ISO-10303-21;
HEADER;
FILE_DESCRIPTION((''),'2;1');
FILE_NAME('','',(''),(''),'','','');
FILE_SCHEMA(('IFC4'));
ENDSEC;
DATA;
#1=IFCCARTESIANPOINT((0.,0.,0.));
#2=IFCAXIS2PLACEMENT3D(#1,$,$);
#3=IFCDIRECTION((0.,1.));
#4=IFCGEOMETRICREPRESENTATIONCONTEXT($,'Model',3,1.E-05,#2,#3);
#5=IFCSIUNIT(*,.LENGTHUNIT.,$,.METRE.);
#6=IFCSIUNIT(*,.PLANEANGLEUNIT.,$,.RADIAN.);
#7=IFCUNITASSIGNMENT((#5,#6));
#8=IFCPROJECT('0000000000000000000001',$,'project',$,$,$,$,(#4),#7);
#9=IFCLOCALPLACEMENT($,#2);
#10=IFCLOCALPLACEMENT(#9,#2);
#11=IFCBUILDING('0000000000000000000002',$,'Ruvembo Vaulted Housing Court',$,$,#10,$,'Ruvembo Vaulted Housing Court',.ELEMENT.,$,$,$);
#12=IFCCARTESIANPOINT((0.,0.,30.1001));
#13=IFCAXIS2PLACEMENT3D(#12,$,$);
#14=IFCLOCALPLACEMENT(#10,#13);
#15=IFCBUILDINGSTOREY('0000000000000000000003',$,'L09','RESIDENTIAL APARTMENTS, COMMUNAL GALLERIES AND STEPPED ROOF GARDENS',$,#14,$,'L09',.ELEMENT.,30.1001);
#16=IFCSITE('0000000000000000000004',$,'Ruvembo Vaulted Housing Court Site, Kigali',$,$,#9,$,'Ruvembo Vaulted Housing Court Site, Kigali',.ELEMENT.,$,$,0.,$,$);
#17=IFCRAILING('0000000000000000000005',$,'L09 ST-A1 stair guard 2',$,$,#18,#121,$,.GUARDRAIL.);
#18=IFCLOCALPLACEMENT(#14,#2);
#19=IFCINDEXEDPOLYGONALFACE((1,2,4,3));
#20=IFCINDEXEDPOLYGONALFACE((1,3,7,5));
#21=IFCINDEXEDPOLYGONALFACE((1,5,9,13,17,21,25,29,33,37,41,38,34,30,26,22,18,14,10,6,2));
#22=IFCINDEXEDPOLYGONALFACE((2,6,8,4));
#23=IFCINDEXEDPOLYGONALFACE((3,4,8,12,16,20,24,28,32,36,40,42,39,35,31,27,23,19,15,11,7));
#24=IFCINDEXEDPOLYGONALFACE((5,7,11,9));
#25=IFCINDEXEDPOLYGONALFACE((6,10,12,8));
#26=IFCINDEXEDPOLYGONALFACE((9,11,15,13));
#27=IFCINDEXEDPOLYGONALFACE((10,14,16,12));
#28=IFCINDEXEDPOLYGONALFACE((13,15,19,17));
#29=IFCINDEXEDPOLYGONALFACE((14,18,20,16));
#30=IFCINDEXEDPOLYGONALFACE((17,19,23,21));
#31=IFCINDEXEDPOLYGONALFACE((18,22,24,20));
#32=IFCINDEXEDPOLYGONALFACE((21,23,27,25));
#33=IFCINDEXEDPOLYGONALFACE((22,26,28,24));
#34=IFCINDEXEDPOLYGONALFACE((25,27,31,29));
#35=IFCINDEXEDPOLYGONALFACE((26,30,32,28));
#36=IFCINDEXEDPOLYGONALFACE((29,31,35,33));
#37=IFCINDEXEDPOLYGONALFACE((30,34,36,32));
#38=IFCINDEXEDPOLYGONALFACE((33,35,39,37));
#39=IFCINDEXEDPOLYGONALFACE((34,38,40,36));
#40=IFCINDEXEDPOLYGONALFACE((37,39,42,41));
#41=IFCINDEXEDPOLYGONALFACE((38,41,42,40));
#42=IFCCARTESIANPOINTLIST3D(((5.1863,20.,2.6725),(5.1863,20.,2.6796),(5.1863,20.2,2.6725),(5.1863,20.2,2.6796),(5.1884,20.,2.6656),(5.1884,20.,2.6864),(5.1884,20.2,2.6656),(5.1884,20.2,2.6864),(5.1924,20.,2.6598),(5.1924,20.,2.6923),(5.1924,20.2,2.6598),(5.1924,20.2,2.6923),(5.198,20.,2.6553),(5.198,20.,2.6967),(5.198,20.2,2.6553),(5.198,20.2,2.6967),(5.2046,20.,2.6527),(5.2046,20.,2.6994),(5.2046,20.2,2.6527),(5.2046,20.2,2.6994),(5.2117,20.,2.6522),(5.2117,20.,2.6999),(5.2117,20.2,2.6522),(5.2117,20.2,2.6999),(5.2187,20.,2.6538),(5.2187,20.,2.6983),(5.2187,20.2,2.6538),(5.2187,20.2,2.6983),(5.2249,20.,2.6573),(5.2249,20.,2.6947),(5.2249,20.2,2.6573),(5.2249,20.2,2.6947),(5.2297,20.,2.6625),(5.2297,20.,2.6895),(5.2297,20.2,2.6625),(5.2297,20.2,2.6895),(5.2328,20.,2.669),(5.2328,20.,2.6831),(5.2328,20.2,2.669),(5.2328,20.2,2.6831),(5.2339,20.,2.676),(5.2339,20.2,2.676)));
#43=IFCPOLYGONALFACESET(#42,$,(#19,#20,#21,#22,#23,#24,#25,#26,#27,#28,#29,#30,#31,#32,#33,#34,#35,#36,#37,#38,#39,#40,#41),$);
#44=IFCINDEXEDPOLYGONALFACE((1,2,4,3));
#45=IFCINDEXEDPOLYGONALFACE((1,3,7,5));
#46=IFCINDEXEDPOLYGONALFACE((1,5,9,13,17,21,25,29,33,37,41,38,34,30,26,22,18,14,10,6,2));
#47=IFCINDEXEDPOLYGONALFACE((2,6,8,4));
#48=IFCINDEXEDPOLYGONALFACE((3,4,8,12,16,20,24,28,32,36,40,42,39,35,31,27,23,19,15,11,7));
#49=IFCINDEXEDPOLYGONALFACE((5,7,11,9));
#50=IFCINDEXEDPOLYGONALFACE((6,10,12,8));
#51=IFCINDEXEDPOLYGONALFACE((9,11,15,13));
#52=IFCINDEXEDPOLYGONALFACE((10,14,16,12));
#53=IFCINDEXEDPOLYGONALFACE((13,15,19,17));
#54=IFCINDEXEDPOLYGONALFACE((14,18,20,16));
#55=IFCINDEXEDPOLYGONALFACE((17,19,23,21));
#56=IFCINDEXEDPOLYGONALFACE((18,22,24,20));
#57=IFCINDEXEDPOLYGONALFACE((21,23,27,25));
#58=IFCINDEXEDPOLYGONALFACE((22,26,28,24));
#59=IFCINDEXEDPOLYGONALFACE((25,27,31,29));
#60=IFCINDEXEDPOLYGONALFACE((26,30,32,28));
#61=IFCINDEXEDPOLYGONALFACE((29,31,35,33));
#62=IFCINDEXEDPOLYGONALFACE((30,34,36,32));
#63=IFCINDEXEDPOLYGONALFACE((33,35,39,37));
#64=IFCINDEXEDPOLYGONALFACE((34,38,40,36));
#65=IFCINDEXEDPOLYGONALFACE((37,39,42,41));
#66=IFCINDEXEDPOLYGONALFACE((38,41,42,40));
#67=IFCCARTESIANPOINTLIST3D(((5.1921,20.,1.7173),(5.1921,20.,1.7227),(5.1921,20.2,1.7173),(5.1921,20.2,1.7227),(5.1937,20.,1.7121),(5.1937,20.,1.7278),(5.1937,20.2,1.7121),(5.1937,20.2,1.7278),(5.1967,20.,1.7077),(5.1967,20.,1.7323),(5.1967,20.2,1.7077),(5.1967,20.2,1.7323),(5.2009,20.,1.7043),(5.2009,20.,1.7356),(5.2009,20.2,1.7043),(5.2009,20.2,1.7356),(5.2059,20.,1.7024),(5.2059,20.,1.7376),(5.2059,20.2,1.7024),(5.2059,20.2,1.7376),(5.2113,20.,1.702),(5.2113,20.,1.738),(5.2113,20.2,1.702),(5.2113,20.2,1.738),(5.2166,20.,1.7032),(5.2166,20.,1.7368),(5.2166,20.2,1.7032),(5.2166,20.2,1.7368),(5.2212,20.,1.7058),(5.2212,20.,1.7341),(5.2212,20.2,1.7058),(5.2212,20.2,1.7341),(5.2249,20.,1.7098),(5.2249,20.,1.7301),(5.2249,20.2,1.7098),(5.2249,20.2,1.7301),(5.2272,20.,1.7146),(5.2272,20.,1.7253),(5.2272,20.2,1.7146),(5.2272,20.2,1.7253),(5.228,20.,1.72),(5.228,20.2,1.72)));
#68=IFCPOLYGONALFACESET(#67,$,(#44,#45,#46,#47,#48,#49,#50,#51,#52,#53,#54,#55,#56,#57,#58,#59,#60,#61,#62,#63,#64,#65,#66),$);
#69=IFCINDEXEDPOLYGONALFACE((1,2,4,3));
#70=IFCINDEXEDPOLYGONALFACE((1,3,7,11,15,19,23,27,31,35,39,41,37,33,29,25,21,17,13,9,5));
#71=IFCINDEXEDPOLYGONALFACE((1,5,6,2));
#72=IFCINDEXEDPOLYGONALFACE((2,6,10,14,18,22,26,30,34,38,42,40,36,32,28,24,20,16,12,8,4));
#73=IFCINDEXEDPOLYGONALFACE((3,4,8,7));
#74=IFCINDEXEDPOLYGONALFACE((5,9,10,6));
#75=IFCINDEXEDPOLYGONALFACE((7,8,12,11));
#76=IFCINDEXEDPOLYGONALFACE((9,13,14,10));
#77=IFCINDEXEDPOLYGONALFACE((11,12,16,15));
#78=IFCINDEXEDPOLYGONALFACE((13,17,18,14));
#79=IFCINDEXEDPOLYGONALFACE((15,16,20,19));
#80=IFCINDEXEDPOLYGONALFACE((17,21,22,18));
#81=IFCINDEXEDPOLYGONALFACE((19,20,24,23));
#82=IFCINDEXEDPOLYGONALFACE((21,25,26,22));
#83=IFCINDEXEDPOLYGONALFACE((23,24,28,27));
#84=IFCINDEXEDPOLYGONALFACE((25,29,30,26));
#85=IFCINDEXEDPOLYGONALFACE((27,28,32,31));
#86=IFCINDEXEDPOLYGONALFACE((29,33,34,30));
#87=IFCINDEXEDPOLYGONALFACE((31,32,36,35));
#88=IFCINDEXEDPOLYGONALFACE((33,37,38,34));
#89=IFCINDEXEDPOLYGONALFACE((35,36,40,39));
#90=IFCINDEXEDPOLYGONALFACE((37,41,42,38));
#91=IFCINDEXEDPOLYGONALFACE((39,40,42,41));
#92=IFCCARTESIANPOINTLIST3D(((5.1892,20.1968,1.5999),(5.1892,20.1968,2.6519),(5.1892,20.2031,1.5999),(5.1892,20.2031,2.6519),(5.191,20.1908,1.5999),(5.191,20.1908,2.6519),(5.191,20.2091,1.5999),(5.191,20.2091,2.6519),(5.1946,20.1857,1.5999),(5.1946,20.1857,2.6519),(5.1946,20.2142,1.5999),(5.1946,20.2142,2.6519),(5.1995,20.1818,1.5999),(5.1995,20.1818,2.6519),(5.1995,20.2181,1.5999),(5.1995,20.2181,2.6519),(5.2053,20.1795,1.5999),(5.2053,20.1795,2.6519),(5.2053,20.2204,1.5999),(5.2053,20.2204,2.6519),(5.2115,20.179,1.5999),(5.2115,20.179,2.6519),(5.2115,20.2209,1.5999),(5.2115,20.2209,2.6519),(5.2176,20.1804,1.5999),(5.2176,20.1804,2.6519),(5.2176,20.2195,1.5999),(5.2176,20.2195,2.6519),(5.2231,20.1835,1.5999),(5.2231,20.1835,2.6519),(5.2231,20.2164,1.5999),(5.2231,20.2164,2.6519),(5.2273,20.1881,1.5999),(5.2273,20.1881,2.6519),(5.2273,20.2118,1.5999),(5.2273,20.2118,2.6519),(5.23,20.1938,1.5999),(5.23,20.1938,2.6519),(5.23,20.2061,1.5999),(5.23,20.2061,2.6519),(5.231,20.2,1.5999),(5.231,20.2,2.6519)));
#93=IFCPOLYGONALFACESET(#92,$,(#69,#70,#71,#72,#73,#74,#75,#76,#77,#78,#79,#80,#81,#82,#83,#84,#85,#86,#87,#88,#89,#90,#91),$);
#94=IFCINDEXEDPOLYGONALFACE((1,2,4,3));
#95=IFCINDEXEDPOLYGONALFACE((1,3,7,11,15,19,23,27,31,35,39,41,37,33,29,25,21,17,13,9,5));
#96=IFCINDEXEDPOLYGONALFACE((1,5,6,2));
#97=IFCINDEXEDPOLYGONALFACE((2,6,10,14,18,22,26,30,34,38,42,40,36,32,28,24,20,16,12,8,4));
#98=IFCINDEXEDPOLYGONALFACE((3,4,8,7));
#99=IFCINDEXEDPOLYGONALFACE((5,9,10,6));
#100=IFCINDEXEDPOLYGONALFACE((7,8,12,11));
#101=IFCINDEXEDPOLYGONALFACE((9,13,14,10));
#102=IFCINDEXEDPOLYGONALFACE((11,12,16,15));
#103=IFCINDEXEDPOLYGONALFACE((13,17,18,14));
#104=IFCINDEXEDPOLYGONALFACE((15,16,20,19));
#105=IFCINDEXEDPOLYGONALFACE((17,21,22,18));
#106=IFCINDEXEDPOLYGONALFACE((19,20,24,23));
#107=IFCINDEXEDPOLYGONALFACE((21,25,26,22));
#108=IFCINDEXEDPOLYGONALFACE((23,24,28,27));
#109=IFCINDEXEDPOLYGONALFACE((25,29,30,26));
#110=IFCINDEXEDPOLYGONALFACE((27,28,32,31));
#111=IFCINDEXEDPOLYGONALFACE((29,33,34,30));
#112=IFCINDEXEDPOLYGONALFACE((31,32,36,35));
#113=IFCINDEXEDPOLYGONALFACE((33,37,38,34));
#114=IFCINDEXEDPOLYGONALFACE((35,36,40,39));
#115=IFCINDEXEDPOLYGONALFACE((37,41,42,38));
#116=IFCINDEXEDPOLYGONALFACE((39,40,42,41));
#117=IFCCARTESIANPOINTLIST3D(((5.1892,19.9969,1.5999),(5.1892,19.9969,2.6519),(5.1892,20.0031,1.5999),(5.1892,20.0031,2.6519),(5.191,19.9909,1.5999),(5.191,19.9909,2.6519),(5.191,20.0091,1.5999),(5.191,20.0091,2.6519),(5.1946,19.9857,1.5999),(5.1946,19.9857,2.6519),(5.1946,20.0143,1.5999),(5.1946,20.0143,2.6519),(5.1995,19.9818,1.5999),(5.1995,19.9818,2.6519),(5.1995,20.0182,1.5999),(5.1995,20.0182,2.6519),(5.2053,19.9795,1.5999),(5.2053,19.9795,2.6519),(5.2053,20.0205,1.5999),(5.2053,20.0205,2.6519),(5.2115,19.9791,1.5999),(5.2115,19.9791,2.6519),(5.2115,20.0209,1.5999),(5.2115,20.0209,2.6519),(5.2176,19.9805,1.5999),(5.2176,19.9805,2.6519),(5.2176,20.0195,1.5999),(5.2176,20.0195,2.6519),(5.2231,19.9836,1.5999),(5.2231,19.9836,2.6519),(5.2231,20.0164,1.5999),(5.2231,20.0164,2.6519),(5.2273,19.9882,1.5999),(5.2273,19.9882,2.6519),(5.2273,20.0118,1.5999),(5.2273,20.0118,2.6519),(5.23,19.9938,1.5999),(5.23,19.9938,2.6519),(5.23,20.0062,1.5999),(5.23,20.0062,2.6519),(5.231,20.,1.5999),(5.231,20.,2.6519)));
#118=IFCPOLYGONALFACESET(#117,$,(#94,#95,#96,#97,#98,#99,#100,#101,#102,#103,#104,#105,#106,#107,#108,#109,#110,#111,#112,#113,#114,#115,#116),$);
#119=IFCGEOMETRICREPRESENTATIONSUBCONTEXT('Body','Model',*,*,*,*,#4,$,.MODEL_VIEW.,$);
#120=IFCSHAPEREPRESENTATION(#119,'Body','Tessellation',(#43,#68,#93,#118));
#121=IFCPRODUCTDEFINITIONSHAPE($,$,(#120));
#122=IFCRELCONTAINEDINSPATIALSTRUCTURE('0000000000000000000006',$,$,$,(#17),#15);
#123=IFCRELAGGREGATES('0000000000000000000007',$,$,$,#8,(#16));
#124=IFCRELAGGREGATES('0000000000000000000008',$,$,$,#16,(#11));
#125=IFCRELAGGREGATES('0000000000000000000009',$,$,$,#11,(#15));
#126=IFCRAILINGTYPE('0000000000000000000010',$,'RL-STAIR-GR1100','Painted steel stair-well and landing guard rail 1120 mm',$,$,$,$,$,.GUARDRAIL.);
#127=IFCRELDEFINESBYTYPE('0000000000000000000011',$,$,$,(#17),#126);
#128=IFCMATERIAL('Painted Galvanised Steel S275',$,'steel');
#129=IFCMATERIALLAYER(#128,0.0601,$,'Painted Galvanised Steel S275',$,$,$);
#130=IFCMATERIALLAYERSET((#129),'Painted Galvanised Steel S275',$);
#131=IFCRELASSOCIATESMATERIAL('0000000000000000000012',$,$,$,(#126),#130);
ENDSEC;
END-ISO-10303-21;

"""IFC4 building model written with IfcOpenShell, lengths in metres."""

from ifc_helpers import new_model, si_unit, direction, frame, origin, origin_2d, place, context, subcontext, project, spatial, circle, extrude, material, layer, layer_set, type_object, element, save


model = new_model("IFC4")

# Units and contexts
model_context = context("Model", 3, precision=1e-05, world=origin(), true_north=direction((0.0, 1.0)))
body_context = subcontext(model_context, "Body", "Model", "MODEL_VIEW")
ifc_project = project(units=[si_unit("LENGTHUNIT", "METRE"), si_unit("PLANEANGLEUNIT", "RADIAN")], contexts=[model_context])

# Site, building, storey
site_placement = place(None, origin())
site = spatial("IfcSite", under=ifc_project, at=site_placement, Name="Ruvembo Vaulted Housing Court Site, Kigali", LongName="Ruvembo Vaulted Housing Court Site, Kigali", CompositionType="ELEMENT", RefElevation=0.0)
building_placement = place(site_placement, origin())
building = spatial("IfcBuilding", under=site, at=building_placement, Name="Ruvembo Vaulted Housing Court", LongName="Ruvembo Vaulted Housing Court", CompositionType="ELEMENT")
storey_placement = place(building_placement, frame((0.0, 0.0, 30.1001)))
storey = spatial("IfcBuildingStorey", under=building, at=storey_placement, Name="L09", Description="RESIDENTIAL APARTMENTS, COMMUNAL GALLERIES AND STEPPED ROOF GARDENS", LongName="L09", CompositionType="ELEMENT", Elevation=30.1001)

# Railing
ifc_material_1 = material(Name="Painted Galvanised Steel S275", Category="steel")
ifc_layer_1 = layer(ifc_material_1, 0.0601, Name="Painted Galvanised Steel S275")
ifc_layer_set_1 = layer_set([ifc_layer_1], Name="Painted Galvanised Steel S275")
railing_type_1 = type_object("IfcRailingType", Name="RL-STAIR-GR1100", Description="Painted steel stair-well and landing guard rail 1120 mm", PredefinedType="GUARDRAIL", material=ifc_layer_set_1)
railing_1_placement = place(storey_placement, frame((5.21, 20.2, 1.5999)))
element("IfcRailing", 1, at=railing_1_placement, inside=storey, type_object=railing_type_1, Name="L09 ST-A1 stair guard 2", PredefinedType="GUARDRAIL", context=body_context, shape_type="SweptSolid", body=[
    extrude(circle(Radius=0.0239, at=origin_2d()), frame((0.0, 0.0, 1.0762), z_axis=(0.0, -1.0, 0.0), x_axis=(1.0, 0.0, 0.0)), (0.0, 0.0, 1.0), 0.2),
    extrude(circle(Radius=0.0181, at=origin_2d()), frame((0.0, 0.0, 0.1201), z_axis=(0.0, -1.0, 0.0), x_axis=(1.0, 0.0, 0.0)), (0.0, 0.0, 1.0), 0.2),
    extrude(circle(Radius=0.021, at=origin_2d()), origin(), (0.0, 0.0, 1.0), 1.052),
    extrude(circle(Radius=0.021, at=origin_2d()), frame((0.0, -0.2, 0.0)), (0.0, 0.0, 1.0), 1.052),
])

save(model, "model.ifc")
